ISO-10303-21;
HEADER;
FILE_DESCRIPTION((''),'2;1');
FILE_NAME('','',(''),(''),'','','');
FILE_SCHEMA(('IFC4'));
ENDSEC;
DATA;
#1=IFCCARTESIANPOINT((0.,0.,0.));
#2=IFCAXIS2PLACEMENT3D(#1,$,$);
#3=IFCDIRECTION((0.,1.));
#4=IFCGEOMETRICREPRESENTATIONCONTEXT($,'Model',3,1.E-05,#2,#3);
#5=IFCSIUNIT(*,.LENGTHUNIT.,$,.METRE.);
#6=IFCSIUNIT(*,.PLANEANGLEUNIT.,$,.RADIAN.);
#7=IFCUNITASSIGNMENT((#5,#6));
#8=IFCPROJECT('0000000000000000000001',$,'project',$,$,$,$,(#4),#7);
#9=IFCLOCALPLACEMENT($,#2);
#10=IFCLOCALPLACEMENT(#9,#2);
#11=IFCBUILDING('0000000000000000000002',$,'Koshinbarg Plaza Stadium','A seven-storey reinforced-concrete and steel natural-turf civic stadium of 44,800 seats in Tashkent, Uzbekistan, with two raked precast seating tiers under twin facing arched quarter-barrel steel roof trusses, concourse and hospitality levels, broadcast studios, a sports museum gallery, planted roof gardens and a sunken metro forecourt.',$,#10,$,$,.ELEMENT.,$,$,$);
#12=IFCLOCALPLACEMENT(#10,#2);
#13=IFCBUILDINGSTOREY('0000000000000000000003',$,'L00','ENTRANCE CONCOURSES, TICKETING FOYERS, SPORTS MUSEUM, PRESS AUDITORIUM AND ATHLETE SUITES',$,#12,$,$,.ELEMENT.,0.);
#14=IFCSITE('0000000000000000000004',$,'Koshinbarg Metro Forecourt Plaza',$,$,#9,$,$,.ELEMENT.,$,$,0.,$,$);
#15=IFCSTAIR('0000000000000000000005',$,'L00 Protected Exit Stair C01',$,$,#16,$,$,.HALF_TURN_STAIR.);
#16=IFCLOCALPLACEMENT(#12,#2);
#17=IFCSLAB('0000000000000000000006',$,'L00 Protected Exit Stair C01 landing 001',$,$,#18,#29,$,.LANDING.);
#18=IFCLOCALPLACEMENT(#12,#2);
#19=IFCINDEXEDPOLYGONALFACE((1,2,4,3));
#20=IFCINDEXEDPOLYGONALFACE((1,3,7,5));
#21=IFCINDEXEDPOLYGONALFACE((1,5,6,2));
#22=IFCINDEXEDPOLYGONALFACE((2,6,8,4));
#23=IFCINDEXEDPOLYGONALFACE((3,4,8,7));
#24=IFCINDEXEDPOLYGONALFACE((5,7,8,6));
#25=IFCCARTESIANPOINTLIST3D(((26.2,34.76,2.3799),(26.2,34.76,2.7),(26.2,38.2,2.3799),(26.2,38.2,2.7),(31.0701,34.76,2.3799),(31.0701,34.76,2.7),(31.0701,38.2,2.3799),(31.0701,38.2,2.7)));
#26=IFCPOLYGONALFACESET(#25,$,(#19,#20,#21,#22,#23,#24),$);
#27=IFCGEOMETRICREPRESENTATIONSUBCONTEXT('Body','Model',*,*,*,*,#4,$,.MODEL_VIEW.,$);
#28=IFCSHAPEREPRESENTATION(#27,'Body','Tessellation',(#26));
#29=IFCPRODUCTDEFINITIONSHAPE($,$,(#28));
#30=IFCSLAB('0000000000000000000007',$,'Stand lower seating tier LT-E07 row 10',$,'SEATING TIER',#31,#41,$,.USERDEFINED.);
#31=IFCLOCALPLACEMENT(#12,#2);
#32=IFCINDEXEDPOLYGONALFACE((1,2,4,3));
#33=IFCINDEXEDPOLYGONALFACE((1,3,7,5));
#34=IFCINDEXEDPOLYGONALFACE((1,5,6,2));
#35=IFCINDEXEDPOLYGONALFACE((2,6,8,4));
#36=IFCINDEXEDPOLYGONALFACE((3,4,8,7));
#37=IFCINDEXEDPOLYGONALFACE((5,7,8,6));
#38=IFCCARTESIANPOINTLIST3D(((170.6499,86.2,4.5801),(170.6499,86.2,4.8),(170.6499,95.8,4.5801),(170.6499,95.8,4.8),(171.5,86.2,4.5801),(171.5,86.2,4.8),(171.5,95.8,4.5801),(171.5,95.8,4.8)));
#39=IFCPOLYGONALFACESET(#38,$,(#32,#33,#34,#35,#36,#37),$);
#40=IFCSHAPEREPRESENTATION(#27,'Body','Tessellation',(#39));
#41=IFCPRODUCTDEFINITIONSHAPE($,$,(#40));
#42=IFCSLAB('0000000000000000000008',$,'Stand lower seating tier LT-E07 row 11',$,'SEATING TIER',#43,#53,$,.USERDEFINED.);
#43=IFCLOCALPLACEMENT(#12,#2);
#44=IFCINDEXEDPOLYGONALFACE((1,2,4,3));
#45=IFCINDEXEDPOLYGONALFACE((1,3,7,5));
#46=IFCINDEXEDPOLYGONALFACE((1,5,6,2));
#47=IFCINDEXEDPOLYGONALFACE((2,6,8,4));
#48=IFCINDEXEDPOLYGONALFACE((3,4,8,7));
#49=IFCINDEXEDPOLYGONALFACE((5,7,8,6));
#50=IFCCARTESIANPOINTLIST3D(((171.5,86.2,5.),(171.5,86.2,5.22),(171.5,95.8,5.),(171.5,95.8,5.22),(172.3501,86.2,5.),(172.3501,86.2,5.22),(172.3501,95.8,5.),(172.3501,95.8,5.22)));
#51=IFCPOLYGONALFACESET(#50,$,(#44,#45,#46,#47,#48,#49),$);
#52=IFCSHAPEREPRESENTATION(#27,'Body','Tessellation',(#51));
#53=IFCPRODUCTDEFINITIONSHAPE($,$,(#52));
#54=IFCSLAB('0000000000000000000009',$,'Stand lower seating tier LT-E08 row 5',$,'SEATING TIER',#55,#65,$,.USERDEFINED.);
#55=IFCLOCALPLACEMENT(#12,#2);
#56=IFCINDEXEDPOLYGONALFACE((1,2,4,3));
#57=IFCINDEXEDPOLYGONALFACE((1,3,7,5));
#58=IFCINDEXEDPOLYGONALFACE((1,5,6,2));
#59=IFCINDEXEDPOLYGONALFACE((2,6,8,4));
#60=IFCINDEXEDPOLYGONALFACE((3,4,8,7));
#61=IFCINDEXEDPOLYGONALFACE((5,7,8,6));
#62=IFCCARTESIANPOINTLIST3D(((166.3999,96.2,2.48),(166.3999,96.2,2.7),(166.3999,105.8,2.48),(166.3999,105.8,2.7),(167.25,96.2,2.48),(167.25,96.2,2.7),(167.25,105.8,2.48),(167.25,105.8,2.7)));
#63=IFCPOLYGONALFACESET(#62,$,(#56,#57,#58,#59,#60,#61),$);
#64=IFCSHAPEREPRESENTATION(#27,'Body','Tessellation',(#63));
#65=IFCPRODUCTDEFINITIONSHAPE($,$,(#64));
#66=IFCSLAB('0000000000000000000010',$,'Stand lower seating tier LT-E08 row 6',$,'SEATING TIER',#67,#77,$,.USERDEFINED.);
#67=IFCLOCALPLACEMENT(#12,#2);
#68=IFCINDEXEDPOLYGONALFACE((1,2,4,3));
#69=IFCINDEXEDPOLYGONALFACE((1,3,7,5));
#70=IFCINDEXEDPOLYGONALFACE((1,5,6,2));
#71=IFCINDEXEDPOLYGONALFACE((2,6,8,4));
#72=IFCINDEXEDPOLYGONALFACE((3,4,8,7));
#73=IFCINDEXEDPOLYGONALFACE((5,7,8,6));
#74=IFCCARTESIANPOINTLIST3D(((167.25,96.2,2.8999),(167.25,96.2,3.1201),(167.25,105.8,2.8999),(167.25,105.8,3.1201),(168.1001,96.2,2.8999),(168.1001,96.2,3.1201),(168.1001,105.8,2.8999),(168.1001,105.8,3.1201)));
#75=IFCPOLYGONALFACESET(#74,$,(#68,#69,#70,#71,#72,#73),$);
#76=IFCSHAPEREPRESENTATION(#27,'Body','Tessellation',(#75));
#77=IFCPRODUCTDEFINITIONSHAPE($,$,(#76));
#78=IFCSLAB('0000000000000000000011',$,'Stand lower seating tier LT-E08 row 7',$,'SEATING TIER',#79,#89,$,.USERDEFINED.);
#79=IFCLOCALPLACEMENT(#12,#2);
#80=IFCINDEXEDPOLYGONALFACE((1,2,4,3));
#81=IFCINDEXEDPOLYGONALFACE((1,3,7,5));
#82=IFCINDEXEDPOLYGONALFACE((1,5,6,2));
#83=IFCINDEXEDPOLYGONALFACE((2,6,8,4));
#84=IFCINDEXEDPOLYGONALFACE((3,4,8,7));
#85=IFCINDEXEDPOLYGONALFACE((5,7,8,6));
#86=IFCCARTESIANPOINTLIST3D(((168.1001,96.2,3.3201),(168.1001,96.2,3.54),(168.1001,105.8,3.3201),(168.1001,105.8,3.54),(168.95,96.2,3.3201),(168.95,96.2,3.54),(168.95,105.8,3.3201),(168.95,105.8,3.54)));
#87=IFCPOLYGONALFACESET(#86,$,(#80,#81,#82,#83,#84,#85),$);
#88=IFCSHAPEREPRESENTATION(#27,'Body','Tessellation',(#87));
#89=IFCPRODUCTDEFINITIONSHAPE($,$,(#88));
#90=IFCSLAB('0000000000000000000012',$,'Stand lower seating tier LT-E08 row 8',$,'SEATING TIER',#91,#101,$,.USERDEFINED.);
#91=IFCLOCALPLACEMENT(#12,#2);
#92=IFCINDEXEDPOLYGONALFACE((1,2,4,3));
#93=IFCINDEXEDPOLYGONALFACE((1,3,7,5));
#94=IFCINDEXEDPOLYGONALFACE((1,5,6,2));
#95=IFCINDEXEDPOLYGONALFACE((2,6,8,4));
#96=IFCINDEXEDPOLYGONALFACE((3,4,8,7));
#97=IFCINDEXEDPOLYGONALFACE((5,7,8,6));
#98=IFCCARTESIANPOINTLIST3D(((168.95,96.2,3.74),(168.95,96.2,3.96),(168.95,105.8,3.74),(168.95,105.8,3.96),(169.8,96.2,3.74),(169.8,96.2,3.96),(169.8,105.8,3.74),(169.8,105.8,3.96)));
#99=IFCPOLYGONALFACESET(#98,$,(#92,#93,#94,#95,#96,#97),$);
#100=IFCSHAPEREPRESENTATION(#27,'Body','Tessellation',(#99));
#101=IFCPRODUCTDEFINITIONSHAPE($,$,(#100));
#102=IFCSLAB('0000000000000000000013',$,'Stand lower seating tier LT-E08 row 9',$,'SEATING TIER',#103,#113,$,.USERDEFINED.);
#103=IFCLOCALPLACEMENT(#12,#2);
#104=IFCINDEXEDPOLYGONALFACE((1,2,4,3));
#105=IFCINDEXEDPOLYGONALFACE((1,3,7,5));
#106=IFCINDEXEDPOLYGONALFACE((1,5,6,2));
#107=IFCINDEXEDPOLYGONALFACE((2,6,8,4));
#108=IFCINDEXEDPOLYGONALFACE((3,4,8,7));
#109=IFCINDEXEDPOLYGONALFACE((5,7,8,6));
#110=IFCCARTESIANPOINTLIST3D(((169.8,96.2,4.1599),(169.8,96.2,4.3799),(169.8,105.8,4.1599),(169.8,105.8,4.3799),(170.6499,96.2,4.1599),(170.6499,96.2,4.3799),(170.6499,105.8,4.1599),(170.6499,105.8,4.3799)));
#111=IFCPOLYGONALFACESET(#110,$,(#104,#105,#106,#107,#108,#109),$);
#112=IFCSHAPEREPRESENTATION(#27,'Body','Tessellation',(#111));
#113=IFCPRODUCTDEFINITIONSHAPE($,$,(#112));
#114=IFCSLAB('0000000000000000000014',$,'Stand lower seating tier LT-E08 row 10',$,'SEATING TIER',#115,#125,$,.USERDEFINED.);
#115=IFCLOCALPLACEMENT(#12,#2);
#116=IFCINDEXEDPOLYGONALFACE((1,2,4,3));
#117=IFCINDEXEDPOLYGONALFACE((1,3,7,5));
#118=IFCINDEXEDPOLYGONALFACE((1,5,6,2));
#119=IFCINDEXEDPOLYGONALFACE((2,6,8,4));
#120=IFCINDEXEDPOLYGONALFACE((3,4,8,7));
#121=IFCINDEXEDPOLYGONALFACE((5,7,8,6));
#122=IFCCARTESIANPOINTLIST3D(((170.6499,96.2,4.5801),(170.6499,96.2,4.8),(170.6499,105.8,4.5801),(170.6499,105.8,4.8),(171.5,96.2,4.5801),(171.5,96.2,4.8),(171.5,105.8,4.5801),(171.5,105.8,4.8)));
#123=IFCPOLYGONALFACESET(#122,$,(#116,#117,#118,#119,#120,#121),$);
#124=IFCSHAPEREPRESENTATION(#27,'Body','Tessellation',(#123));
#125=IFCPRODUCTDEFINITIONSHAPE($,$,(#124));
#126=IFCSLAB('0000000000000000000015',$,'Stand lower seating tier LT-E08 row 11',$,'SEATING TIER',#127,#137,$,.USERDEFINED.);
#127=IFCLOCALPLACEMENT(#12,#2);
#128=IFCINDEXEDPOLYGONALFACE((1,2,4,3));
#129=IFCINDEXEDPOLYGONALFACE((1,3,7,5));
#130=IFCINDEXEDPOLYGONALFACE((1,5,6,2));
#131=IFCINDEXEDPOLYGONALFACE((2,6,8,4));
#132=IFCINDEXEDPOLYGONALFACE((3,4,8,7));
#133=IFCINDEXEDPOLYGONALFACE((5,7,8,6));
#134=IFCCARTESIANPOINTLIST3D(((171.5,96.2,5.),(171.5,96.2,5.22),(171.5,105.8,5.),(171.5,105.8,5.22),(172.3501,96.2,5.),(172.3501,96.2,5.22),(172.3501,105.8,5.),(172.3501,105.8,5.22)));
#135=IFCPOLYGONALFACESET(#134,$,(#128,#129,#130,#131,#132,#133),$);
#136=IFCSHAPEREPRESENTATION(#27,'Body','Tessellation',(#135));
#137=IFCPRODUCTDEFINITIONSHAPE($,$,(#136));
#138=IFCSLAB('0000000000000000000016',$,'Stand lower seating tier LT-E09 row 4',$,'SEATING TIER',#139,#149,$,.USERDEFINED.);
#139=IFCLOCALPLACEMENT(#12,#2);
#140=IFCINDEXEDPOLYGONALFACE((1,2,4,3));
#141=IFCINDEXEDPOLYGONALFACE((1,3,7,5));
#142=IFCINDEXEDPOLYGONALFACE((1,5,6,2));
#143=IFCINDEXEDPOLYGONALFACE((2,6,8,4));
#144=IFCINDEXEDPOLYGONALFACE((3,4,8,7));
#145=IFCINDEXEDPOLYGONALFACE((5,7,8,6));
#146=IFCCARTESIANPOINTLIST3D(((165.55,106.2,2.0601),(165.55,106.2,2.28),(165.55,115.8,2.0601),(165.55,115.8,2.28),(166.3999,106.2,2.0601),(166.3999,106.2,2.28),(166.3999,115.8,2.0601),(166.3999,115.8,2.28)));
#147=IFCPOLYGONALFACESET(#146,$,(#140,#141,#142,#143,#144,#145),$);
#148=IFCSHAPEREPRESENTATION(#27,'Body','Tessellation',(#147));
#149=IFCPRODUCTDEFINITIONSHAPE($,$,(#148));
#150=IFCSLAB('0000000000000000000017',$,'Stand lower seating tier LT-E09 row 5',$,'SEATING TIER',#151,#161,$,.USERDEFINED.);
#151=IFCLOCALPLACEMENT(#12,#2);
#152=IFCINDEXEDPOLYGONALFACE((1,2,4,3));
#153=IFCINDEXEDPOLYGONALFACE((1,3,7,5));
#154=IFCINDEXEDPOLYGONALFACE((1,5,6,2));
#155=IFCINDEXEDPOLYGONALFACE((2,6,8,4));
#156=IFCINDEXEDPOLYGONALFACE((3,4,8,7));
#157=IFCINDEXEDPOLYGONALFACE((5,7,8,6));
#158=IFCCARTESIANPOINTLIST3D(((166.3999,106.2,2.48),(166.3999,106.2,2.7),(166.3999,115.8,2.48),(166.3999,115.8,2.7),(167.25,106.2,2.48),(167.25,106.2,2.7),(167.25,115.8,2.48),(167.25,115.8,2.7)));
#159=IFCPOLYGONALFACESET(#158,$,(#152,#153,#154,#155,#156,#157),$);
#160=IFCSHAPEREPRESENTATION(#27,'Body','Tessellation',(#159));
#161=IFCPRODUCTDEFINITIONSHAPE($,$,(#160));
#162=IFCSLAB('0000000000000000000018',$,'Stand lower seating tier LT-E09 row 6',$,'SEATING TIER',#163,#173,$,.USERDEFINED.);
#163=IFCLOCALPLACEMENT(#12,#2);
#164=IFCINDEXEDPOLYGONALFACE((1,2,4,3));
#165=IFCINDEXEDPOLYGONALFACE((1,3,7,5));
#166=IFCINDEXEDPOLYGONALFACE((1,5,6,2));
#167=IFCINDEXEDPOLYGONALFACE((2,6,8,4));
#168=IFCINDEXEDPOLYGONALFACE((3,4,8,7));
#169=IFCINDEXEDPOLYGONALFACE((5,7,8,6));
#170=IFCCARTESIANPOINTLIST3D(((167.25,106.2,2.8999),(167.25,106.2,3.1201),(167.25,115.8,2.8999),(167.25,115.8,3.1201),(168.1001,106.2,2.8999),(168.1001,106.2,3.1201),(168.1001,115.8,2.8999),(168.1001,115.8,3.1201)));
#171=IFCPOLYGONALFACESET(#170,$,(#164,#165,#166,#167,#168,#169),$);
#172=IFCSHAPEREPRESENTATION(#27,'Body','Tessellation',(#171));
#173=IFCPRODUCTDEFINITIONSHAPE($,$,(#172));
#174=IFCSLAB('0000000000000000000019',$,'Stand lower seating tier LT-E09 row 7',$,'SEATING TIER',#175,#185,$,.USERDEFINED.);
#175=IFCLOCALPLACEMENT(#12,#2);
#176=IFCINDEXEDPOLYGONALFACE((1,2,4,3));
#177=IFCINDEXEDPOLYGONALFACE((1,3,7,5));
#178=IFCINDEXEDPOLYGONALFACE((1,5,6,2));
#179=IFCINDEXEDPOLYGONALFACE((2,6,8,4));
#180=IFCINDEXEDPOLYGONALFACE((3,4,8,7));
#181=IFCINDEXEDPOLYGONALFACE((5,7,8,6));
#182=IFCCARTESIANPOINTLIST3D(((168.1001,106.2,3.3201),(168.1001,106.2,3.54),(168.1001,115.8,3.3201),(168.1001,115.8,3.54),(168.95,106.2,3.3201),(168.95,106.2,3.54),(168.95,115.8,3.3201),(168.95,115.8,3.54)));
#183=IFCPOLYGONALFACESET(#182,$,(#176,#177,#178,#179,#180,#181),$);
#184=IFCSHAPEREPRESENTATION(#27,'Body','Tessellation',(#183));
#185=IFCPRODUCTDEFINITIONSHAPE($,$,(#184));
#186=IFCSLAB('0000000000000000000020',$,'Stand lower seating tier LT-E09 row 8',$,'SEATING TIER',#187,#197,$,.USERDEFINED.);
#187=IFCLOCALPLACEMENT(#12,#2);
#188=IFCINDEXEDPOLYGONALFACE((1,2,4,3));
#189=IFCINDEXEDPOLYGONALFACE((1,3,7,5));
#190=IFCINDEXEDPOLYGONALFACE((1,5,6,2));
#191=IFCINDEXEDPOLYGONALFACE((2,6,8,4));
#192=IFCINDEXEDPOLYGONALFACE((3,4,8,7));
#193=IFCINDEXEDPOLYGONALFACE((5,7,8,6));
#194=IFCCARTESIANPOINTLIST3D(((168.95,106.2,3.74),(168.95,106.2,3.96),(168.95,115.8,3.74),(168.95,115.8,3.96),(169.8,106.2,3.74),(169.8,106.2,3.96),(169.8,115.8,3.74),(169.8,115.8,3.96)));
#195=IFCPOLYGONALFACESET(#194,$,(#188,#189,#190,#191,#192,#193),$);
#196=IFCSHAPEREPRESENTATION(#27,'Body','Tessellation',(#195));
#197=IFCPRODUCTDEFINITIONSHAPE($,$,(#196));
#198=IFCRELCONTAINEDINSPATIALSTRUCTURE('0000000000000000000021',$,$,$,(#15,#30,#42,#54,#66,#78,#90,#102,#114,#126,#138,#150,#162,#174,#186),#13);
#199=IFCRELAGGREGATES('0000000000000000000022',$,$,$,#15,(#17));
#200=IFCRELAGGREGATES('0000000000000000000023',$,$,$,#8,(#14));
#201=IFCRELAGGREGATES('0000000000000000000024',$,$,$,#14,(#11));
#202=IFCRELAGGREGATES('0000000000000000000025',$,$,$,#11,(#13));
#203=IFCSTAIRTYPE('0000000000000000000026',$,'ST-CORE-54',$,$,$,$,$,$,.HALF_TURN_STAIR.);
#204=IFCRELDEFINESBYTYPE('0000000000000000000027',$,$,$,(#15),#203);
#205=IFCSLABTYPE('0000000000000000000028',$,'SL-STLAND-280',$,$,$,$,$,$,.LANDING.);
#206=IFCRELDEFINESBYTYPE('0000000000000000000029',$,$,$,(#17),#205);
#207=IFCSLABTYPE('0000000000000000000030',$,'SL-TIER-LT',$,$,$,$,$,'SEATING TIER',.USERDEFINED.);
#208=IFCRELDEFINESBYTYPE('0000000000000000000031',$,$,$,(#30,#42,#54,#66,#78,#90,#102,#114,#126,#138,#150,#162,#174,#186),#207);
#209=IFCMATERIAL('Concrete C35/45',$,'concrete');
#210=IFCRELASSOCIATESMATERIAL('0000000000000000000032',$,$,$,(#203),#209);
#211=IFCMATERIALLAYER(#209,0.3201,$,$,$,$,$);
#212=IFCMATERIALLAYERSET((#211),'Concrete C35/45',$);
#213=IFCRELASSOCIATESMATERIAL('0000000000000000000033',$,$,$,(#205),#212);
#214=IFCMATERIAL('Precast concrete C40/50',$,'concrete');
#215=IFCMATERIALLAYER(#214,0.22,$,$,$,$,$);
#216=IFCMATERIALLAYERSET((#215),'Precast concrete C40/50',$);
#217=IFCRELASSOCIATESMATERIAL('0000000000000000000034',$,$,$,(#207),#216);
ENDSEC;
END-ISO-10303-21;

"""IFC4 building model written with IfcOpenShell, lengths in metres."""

from ifc_helpers import new_model, si_unit, direction, frame, origin, place, context, subcontext, project, spatial, polyline, outline, extrude, material, layer, layer_set, type_object, element, aggregate, save


model = new_model("IFC4")

# Units and contexts
model_context = context("Model", 3, precision=1e-05, world=origin(), true_north=direction((0.0, 1.0)))
body_context = subcontext(model_context, "Body", "Model", "MODEL_VIEW")
ifc_project = project(units=[si_unit("LENGTHUNIT", "METRE"), si_unit("PLANEANGLEUNIT", "RADIAN")], contexts=[model_context])

# Site, building, storey
site_placement = place(None, origin())
site = spatial("IfcSite", under=ifc_project, at=site_placement, Name="Koshinbarg Metro Forecourt Plaza", CompositionType="ELEMENT", RefElevation=0.0)
building_placement = place(site_placement, origin())
building = spatial("IfcBuilding", under=site, at=building_placement, Name="Koshinbarg Plaza Stadium", Description="A seven-storey reinforced-concrete and steel natural-turf civic stadium of 44,800 seats in Tashkent, Uzbekistan, with two raked precast seating tiers under twin facing arched quarter-barrel steel roof trusses, concourse and hospitality levels, broadcast studios, a sports museum gallery, planted roof gardens and a sunken metro forecourt.", CompositionType="ELEMENT")
storey_placement = place(building_placement, origin())
storey = spatial("IfcBuildingStorey", under=building, at=storey_placement, Name="L00", Description="ENTRANCE CONCOURSES, TICKETING FOYERS, SPORTS MUSEUM, PRESS AUDITORIUM AND ATHLETE SUITES", CompositionType="ELEMENT", Elevation=0.0)

# Stair, slab
ifc_material_1 = material(Name="Concrete C35/45", Category="concrete")
stair_type = type_object("IfcStairType", Name="ST-CORE-54", PredefinedType="HALF_TURN_STAIR", material=ifc_material_1)
stair_placement = place(storey_placement, origin())
stair = element("IfcStair", 1, at=stair_placement, inside=storey, type_object=stair_type, Name="L00 Protected Exit Stair C01", PredefinedType="HALF_TURN_STAIR")
ifc_layer_1 = layer(ifc_material_1, 0.3201)
ifc_layer_set_1 = layer_set([ifc_layer_1], Name="Concrete C35/45")
slab_type_1 = type_object("IfcSlabType", Name="SL-STLAND-280", PredefinedType="LANDING", material=ifc_layer_set_1)
slab_1_placement = place(storey_placement, frame((0.0, 0.0, 2.3799)))
slab_1 = element("IfcSlab", 2, at=slab_1_placement, type_object=slab_type_1, Name="L00 Protected Exit Stair C01 landing 001", PredefinedType="LANDING", context=body_context, shape_type="SweptSolid", body=[
    extrude(outline(polyline([(31.0701, 34.76), (31.0701, 38.2), (26.2, 38.2), (26.2, 34.76), (31.0701, 34.76)])), origin(), (0.0, 0.0, 1.0), 0.3201),
])
aggregate(stair, [slab_1])

# Slabs
ifc_material_2 = material(Name="Precast concrete C40/50", Category="concrete")
ifc_layer_2 = layer(ifc_material_2, 0.22)
ifc_layer_set_2 = layer_set([ifc_layer_2], Name="Precast concrete C40/50")
slab_type_2 = type_object("IfcSlabType", Name="SL-TIER-LT", ElementType="SEATING TIER", PredefinedType="USERDEFINED", material=ifc_layer_set_2)
slab_2_placement = place(storey_placement, frame((0.0, 0.0, 4.5801)))
element("IfcSlab", 3, at=slab_2_placement, inside=storey, type_object=slab_type_2, Name="Stand lower seating tier LT-E07 row 10", ObjectType="SEATING TIER", PredefinedType="USERDEFINED", context=body_context, shape_type="SweptSolid", body=[
    extrude(outline(polyline([(170.6499, 86.2), (171.5, 86.2), (171.5, 95.8), (170.6499, 95.8), (170.6499, 86.2)])), origin(), (0.0, 0.0, 1.0), 0.22),
])
slab_3_placement = place(storey_placement, frame((0.0, 0.0, 5.0)))
element("IfcSlab", 4, at=slab_3_placement, inside=storey, type_object=slab_type_2, Name="Stand lower seating tier LT-E07 row 11", ObjectType="SEATING TIER", PredefinedType="USERDEFINED", context=body_context, shape_type="SweptSolid", body=[
    extrude(outline(polyline([(171.5, 86.2), (172.3501, 86.2), (172.3501, 95.8), (171.5, 95.8), (171.5, 86.2)])), origin(), (0.0, 0.0, 1.0), 0.22),
])
slab_4_placement = place(storey_placement, frame((0.0, 0.0, 2.48)))
element("IfcSlab", 5, at=slab_4_placement, inside=storey, type_object=slab_type_2, Name="Stand lower seating tier LT-E08 row 5", ObjectType="SEATING TIER", PredefinedType="USERDEFINED", context=body_context, shape_type="SweptSolid", body=[
    extrude(outline(polyline([(166.3999, 96.2), (167.25, 96.2), (167.25, 105.8), (166.3999, 105.8), (166.3999, 96.2)])), origin(), (0.0, 0.0, 1.0), 0.22),
])
slab_5_placement = place(storey_placement, frame((0.0, 0.0, 2.8999)))
element("IfcSlab", 6, at=slab_5_placement, inside=storey, type_object=slab_type_2, Name="Stand lower seating tier LT-E08 row 6", ObjectType="SEATING TIER", PredefinedType="USERDEFINED", context=body_context, shape_type="SweptSolid", body=[
    extrude(outline(polyline([(167.25, 96.2), (168.1001, 96.2), (168.1001, 105.8), (167.25, 105.8), (167.25, 96.2)])), origin(), (0.0, 0.0, 1.0), 0.2202),
])
slab_6_placement = place(storey_placement, frame((0.0, 0.0, 3.3201)))
element("IfcSlab", 7, at=slab_6_placement, inside=storey, type_object=slab_type_2, Name="Stand lower seating tier LT-E08 row 7", ObjectType="SEATING TIER", PredefinedType="USERDEFINED", context=body_context, shape_type="SweptSolid", body=[
    extrude(outline(polyline([(168.1001, 96.2), (168.95, 96.2), (168.95, 105.8), (168.1001, 105.8), (168.1001, 96.2)])), origin(), (0.0, 0.0, 1.0), 0.22),
])
slab_7_placement = place(storey_placement, frame((0.0, 0.0, 3.74)))
element("IfcSlab", 8, at=slab_7_placement, inside=storey, type_object=slab_type_2, Name="Stand lower seating tier LT-E08 row 8", ObjectType="SEATING TIER", PredefinedType="USERDEFINED", context=body_context, shape_type="SweptSolid", body=[
    extrude(outline(polyline([(168.95, 96.2), (169.8, 96.2), (169.8, 105.8), (168.95, 105.8), (168.95, 96.2)])), origin(), (0.0, 0.0, 1.0), 0.22),
])
slab_8_placement = place(storey_placement, frame((0.0, 0.0, 4.1599)))
element("IfcSlab", 9, at=slab_8_placement, inside=storey, type_object=slab_type_2, Name="Stand lower seating tier LT-E08 row 9", ObjectType="SEATING TIER", PredefinedType="USERDEFINED", context=body_context, shape_type="SweptSolid", body=[
    extrude(outline(polyline([(169.8, 96.2), (170.6499, 96.2), (170.6499, 105.8), (169.8, 105.8), (169.8, 96.2)])), origin(), (0.0, 0.0, 1.0), 0.22),
])
slab_9_placement = place(storey_placement, frame((0.0, 0.0, 4.5801)))
element("IfcSlab", 10, at=slab_9_placement, inside=storey, type_object=slab_type_2, Name="Stand lower seating tier LT-E08 row 10", ObjectType="SEATING TIER", PredefinedType="USERDEFINED", context=body_context, shape_type="SweptSolid", body=[
    extrude(outline(polyline([(170.6499, 96.2), (171.5, 96.2), (171.5, 105.8), (170.6499, 105.8), (170.6499, 96.2)])), origin(), (0.0, 0.0, 1.0), 0.22),
])
slab_10_placement = place(storey_placement, frame((0.0, 0.0, 5.0)))
element("IfcSlab", 11, at=slab_10_placement, inside=storey, type_object=slab_type_2, Name="Stand lower seating tier LT-E08 row 11", ObjectType="SEATING TIER", PredefinedType="USERDEFINED", context=body_context, shape_type="SweptSolid", body=[
    extrude(outline(polyline([(171.5, 96.2), (172.3501, 96.2), (172.3501, 105.8), (171.5, 105.8), (171.5, 96.2)])), origin(), (0.0, 0.0, 1.0), 0.22),
])
slab_11_placement = place(storey_placement, frame((0.0, 0.0, 2.0601)))
element("IfcSlab", 12, at=slab_11_placement, inside=storey, type_object=slab_type_2, Name="Stand lower seating tier LT-E09 row 4", ObjectType="SEATING TIER", PredefinedType="USERDEFINED", context=body_context, shape_type="SweptSolid", body=[
    extrude(outline(polyline([(165.55, 106.2), (166.3999, 106.2), (166.3999, 115.8), (165.55, 115.8), (165.55, 106.2)])), origin(), (0.0, 0.0, 1.0), 0.22),
])
slab_12_placement = place(storey_placement, frame((0.0, 0.0, 2.48)))
element("IfcSlab", 13, at=slab_12_placement, inside=storey, type_object=slab_type_2, Name="Stand lower seating tier LT-E09 row 5", ObjectType="SEATING TIER", PredefinedType="USERDEFINED", context=body_context, shape_type="SweptSolid", body=[
    extrude(outline(polyline([(166.3999, 106.2), (167.25, 106.2), (167.25, 115.8), (166.3999, 115.8), (166.3999, 106.2)])), origin(), (0.0, 0.0, 1.0), 0.22),
])
slab_13_placement = place(storey_placement, frame((0.0, 0.0, 2.8999)))
element("IfcSlab", 14, at=slab_13_placement, inside=storey, type_object=slab_type_2, Name="Stand lower seating tier LT-E09 row 6", ObjectType="SEATING TIER", PredefinedType="USERDEFINED", context=body_context, shape_type="SweptSolid", body=[
    extrude(outline(polyline([(167.25, 106.2), (168.1001, 106.2), (168.1001, 115.8), (167.25, 115.8), (167.25, 106.2)])), origin(), (0.0, 0.0, 1.0), 0.2202),
])
slab_14_placement = place(storey_placement, frame((0.0, 0.0, 3.3201)))
element("IfcSlab", 15, at=slab_14_placement, inside=storey, type_object=slab_type_2, Name="Stand lower seating tier LT-E09 row 7", ObjectType="SEATING TIER", PredefinedType="USERDEFINED", context=body_context, shape_type="SweptSolid", body=[
    extrude(outline(polyline([(168.1001, 106.2), (168.95, 106.2), (168.95, 115.8), (168.1001, 115.8), (168.1001, 106.2)])), origin(), (0.0, 0.0, 1.0), 0.22),
])
slab_15_placement = place(storey_placement, frame((0.0, 0.0, 3.74)))
element("IfcSlab", 16, at=slab_15_placement, inside=storey, type_object=slab_type_2, Name="Stand lower seating tier LT-E09 row 8", ObjectType="SEATING TIER", PredefinedType="USERDEFINED", context=body_context, shape_type="SweptSolid", body=[
    extrude(outline(polyline([(168.95, 106.2), (169.8, 106.2), (169.8, 115.8), (168.95, 115.8), (168.95, 106.2)])), origin(), (0.0, 0.0, 1.0), 0.22),
])

save(model, "model.ifc")
